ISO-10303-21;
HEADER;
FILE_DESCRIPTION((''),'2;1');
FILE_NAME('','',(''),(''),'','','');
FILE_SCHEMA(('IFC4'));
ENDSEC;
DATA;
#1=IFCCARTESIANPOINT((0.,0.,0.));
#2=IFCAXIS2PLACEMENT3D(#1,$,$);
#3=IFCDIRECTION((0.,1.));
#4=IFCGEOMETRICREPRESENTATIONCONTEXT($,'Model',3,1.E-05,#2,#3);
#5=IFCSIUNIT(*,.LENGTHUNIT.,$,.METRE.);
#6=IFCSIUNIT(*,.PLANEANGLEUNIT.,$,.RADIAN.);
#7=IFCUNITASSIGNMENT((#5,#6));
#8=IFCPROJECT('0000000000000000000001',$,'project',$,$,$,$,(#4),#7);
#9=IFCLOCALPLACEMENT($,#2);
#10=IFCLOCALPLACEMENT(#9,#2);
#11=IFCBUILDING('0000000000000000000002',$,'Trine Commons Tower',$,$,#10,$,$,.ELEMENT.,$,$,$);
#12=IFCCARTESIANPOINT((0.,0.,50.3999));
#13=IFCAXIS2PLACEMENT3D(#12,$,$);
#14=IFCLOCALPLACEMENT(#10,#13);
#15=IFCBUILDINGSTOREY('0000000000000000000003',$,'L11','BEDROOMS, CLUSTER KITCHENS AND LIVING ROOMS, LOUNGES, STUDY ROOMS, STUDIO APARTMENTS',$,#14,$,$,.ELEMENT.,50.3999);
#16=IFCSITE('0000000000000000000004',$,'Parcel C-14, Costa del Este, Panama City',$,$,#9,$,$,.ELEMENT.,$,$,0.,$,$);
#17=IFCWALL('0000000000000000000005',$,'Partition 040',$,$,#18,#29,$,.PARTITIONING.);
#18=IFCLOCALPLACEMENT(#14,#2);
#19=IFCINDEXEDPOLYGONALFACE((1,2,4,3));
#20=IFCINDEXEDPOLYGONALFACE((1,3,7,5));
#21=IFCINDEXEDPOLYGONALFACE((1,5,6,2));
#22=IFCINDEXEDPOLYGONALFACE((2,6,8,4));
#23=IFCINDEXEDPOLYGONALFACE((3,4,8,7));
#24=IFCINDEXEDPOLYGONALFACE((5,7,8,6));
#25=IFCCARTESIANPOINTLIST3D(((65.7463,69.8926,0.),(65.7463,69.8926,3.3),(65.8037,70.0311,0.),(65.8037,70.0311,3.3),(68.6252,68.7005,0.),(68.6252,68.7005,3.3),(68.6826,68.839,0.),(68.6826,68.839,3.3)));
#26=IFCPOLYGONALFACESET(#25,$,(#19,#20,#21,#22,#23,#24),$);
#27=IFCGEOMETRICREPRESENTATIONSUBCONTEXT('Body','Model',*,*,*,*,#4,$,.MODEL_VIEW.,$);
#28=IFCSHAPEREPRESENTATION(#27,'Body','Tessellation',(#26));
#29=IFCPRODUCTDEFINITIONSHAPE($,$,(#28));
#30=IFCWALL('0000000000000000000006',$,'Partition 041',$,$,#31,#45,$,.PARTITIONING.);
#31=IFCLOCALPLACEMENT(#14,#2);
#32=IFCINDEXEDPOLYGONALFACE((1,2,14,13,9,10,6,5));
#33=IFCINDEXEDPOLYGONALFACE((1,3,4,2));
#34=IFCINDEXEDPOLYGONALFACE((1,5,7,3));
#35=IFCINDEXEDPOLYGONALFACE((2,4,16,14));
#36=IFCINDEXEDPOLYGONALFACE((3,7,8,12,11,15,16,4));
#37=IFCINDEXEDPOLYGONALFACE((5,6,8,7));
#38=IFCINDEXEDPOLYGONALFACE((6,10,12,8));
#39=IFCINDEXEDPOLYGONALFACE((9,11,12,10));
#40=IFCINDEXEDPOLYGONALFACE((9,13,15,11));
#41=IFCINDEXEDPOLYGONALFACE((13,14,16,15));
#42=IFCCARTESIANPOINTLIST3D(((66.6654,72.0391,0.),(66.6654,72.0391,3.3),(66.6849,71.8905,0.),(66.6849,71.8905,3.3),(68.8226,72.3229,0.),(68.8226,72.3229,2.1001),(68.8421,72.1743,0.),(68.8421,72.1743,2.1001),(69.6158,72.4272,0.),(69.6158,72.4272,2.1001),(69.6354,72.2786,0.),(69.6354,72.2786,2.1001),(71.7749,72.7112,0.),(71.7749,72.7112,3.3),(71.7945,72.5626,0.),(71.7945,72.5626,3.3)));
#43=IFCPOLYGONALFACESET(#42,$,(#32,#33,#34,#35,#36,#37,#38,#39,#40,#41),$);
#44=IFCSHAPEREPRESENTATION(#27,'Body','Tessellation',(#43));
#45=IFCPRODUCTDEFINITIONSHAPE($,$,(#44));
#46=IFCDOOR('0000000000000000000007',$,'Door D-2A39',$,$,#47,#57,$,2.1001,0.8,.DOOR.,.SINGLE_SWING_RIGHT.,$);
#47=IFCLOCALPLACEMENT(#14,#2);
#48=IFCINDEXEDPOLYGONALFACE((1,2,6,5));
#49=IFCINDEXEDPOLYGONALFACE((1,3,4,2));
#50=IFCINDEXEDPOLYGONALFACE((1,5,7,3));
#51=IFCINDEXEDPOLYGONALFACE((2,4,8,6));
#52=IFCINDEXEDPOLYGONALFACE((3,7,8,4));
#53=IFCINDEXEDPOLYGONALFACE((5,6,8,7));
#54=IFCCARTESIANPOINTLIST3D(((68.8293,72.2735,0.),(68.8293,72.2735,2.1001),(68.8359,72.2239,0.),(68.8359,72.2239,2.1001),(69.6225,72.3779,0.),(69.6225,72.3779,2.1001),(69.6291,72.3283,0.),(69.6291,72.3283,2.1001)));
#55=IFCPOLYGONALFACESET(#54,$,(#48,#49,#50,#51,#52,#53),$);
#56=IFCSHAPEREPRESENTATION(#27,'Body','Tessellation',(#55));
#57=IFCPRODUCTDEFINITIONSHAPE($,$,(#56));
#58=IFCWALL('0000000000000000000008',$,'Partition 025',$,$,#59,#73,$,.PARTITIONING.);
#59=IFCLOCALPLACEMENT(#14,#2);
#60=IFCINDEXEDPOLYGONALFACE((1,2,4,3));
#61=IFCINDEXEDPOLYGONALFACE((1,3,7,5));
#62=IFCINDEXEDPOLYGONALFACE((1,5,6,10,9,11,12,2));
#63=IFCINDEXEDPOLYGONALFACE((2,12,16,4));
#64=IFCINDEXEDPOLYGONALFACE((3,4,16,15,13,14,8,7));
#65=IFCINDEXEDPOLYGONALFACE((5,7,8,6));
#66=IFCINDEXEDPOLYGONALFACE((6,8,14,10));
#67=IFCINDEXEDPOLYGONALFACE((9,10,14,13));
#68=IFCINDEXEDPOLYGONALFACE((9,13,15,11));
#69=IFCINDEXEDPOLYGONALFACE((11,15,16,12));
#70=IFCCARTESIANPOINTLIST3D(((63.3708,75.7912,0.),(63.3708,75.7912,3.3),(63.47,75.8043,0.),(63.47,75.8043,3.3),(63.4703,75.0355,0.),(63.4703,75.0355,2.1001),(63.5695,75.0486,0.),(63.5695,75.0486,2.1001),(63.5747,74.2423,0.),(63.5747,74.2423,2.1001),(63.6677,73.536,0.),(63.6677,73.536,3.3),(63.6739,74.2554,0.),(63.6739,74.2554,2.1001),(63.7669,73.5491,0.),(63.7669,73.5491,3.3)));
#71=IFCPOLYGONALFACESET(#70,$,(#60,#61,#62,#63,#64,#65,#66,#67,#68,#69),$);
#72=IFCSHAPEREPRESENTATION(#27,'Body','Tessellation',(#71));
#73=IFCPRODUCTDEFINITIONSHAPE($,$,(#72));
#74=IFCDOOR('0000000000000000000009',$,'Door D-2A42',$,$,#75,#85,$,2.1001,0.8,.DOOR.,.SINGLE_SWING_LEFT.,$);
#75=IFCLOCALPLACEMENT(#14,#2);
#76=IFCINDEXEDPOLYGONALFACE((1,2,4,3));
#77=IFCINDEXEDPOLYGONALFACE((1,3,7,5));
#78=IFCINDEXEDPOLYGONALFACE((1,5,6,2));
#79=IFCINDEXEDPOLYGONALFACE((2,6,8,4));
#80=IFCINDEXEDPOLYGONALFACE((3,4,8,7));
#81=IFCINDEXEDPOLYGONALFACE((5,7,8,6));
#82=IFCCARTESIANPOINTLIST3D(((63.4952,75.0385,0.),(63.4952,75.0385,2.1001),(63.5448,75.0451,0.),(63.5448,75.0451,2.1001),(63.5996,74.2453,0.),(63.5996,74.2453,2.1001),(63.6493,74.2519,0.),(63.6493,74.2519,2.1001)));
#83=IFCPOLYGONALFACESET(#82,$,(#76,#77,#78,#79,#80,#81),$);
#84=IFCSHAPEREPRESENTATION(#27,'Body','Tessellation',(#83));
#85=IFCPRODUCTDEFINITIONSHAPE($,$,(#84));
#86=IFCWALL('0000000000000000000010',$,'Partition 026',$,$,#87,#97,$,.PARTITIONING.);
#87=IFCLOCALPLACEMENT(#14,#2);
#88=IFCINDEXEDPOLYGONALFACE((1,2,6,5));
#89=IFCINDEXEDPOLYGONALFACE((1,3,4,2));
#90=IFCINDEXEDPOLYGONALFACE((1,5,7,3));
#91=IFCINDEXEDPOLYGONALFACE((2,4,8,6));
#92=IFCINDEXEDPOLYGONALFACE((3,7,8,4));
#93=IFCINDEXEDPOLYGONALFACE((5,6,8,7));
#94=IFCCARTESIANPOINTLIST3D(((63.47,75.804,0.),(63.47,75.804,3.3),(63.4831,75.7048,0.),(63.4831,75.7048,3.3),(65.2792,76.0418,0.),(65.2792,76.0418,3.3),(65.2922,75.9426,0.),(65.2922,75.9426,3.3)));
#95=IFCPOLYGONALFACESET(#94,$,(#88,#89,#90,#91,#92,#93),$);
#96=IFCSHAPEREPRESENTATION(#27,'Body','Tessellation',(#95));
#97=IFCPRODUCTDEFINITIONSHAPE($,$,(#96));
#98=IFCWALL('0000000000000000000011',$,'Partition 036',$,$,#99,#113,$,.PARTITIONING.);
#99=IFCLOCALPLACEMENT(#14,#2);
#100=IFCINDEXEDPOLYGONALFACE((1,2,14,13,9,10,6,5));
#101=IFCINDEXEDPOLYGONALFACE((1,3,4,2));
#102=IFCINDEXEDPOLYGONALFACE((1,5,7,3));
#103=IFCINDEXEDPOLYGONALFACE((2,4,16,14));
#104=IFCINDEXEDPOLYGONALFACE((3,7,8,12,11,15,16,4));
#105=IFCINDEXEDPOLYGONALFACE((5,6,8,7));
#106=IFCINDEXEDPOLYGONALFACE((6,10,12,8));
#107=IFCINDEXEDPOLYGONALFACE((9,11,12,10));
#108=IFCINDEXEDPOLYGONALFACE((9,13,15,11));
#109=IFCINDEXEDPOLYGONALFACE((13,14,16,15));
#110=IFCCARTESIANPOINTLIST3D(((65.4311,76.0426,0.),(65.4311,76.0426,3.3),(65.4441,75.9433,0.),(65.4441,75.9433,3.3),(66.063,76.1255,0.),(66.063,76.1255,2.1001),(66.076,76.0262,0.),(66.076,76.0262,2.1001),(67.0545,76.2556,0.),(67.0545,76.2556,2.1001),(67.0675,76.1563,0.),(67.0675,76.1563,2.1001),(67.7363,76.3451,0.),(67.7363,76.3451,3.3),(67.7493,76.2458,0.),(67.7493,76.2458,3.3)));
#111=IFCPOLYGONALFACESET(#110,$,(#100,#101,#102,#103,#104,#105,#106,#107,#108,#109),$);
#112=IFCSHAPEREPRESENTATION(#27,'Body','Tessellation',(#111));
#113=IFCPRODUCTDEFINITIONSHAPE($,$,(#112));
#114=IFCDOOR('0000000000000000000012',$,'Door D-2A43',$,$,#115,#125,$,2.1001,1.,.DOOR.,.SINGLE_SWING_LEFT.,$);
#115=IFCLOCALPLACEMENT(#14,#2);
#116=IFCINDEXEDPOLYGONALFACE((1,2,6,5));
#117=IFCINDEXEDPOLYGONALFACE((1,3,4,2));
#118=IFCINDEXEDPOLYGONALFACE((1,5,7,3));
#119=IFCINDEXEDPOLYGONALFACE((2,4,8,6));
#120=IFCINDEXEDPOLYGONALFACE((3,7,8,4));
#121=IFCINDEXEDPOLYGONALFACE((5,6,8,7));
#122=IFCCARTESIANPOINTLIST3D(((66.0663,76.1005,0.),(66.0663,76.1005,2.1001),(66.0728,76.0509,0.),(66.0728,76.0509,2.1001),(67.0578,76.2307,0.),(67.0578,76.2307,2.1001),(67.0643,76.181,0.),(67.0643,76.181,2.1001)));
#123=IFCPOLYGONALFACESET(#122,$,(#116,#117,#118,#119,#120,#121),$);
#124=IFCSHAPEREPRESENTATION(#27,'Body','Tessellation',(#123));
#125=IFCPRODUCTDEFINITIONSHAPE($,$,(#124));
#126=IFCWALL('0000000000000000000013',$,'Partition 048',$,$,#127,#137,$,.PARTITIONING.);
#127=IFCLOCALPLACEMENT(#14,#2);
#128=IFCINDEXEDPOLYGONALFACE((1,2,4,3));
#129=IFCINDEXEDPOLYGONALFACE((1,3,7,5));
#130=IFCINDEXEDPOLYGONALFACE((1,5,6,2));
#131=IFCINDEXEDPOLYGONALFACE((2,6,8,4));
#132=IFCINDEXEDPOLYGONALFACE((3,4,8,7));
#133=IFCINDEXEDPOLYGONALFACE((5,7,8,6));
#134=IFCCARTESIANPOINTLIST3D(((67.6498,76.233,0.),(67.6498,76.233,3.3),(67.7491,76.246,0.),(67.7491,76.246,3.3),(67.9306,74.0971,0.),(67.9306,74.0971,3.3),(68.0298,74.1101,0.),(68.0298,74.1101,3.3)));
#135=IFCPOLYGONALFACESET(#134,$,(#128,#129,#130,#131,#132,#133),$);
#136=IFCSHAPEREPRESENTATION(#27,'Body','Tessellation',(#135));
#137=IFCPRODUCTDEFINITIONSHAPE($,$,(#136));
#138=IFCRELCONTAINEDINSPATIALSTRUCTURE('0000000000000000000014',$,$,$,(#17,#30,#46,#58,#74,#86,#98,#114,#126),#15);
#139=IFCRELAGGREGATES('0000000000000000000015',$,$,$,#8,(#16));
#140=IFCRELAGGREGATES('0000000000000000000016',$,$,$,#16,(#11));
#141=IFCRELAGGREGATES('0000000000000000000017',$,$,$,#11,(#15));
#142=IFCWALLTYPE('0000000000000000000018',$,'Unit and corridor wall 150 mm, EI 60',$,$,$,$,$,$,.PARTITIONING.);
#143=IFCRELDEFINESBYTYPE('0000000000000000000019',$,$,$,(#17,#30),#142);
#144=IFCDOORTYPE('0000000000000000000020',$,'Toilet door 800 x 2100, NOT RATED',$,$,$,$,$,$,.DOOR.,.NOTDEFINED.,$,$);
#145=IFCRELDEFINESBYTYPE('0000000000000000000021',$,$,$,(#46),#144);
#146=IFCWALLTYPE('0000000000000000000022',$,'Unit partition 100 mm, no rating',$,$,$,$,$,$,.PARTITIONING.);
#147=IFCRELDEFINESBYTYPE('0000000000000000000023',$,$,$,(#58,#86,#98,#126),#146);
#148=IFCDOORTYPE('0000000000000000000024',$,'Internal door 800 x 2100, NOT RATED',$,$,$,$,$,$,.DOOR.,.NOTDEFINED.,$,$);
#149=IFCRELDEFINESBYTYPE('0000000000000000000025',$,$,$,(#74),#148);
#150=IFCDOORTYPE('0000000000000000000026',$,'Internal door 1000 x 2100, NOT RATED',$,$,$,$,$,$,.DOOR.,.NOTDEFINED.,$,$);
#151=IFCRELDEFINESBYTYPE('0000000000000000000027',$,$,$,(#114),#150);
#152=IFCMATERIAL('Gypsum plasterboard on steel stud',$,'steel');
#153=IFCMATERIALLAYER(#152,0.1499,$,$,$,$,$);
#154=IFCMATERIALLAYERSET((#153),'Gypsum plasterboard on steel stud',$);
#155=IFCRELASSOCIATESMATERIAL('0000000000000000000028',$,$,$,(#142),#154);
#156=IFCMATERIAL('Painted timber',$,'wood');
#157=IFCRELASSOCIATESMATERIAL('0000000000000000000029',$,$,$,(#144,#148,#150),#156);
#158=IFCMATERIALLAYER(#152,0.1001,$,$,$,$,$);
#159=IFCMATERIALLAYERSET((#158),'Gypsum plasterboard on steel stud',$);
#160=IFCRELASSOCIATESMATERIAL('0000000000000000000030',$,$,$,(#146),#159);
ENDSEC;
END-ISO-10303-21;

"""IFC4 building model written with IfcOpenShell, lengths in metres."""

from ifc_helpers import new_model, si_unit, direction, frame, frame_2d, origin, place, context, subcontext, project, spatial, rectangle, extrude, material, layer, layer_set, type_object, element, fill, save


model = new_model("IFC4")

# Units and contexts
model_context = context("Model", 3, precision=1e-05, world=origin(), true_north=direction((0.0, 1.0)))
body_context = subcontext(model_context, "Body", "Model", "MODEL_VIEW")
ifc_project = project(units=[si_unit("LENGTHUNIT", "METRE"), si_unit("PLANEANGLEUNIT", "RADIAN")], contexts=[model_context])

# Site, building, storey
site_placement = place(None, origin())
site = spatial("IfcSite", under=ifc_project, at=site_placement, Name="Parcel C-14, Costa del Este, Panama City", CompositionType="ELEMENT", RefElevation=0.0)
building_placement = place(site_placement, origin())
building = spatial("IfcBuilding", under=site, at=building_placement, Name="Trine Commons Tower", CompositionType="ELEMENT")
storey_placement = place(building_placement, frame((0.0, 0.0, 50.3999)))
storey = spatial("IfcBuildingStorey", under=building, at=storey_placement, Name="L11", Description="BEDROOMS, CLUSTER KITCHENS AND LIVING ROOMS, LOUNGES, STUDY ROOMS, STUDIO APARTMENTS", CompositionType="ELEMENT", Elevation=50.3999)

# Shared definitions
ifc_material_1 = material(Name="Gypsum plasterboard on steel stud", Category="steel")
ifc_layer_1 = layer(ifc_material_1, 0.1499)
ifc_layer_set_1 = layer_set([ifc_layer_1], Name="Gypsum plasterboard on steel stud")
wall_type_1 = type_object("IfcWallType", Name="Unit and corridor wall 150 mm, EI 60", PredefinedType="PARTITIONING", material=ifc_layer_set_1)

# Wall
wall_1_placement = place(storey_placement, frame((65.7749, 69.9619, 0.0), z_axis=(0.0, 0.0, 1.0), x_axis=(0.923918, -0.382589, 0.0)))
element("IfcWall", 1, at=wall_1_placement, inside=storey, type_object=wall_type_1, Name="Partition 040", PredefinedType="PARTITIONING", context=body_context, shape_type="SweptSolid", body=[
    extrude(rectangle(XDim=3.116, YDim=0.1499, at=frame_2d((1.5581, 0.0))), origin(), (0.0, 0.0, 1.0), 3.3),
])

# Walls, openings, doors
wall_2_placement = place(storey_placement, frame((66.6753, 71.9648, 0.0), z_axis=(0.0, 0.0, 1.0), x_axis=(0.991459, 0.130417, 0.0)))
wall_2 = element("IfcWall", 2, at=wall_2_placement, inside=storey, type_object=wall_type_1, Name="Partition 041", PredefinedType="PARTITIONING", context=body_context, shape_type="SweptSolid", body=[
    extrude(rectangle(XDim=5.1536, YDim=0.1499, at=frame_2d((2.5767, 0.0))), origin(), (0.0, 0.0, 1.0), 3.3),
])
opening_1_placement = place(wall_2_placement, frame((2.1758, 0.0, 0.0)))
opening_1 = element("IfcOpeningElement", 3, at=opening_1_placement, cuts=wall_2, PredefinedType="OPENING", context=body_context, shape_type="SweptSolid", body=[
    extrude(rectangle(XDim=0.8, YDim=2.1001, at=frame_2d((0.3999, 1.05))), frame((0.0, 0.085, 0.0), z_axis=(0.0, -1.0, 0.0), x_axis=(1.0, 0.0, 0.0)), (0.0, 0.0, 1.0), 0.1699),
])
ifc_material_2 = material(Name="Painted timber", Category="wood")
door_type_1 = type_object("IfcDoorType", Name="Toilet door 800 x 2100, NOT RATED", OperationType="NOTDEFINED", PredefinedType="DOOR", material=ifc_material_2)
door_1_placement = place(opening_1_placement, frame((0.8, 0.0, 0.0), z_axis=(0.0, 0.0, 1.0), x_axis=(-1.0, 0.0, 0.0)))
door_1 = element("IfcDoor", 4, at=door_1_placement, inside=storey, type_object=door_type_1, Name="Door D-2A39", OperationType="SINGLE_SWING_RIGHT", OverallHeight=2.1001, OverallWidth=0.8, PredefinedType="DOOR", context=body_context, shape_type="SweptSolid", body=[
    extrude(rectangle(XDim=0.8, YDim=2.1001, at=frame_2d((0.3999, 1.05))), frame((0.0, 0.0249, 0.0), z_axis=(0.0, -1.0, 0.0), x_axis=(1.0, 0.0, 0.0)), (0.0, 0.0, 1.0), 0.05),
])
fill(opening_1, door_1)
ifc_layer_2 = layer(ifc_material_1, 0.1001)
ifc_layer_set_2 = layer_set([ifc_layer_2], Name="Gypsum plasterboard on steel stud")
wall_type_2 = type_object("IfcWallType", Name="Unit partition 100 mm, no rating", PredefinedType="PARTITIONING", material=ifc_layer_set_2)
wall_3_placement = place(storey_placement, frame((63.4204, 75.7976, 0.0), z_axis=(0.0, 0.0, 1.0), x_axis=(0.130518, -0.991446, 0.0)))
wall_3 = element("IfcWall", 5, at=wall_3_placement, inside=storey, type_object=wall_type_2, Name="Partition 025", PredefinedType="PARTITIONING", context=body_context, shape_type="SweptSolid", body=[
    extrude(rectangle(XDim=2.2747, YDim=0.1001, at=frame_2d((1.1372, 0.0))), origin(), (0.0, 0.0, 1.0), 3.3),
])
opening_2_placement = place(wall_3_placement, frame((0.7622, 0.0, 0.0)))
opening_2 = element("IfcOpeningElement", 6, at=opening_2_placement, cuts=wall_3, PredefinedType="OPENING", context=body_context, shape_type="SweptSolid", body=[
    extrude(rectangle(XDim=0.8, YDim=2.1001, at=frame_2d((0.3999, 1.05))), frame((0.0, 0.0601, 0.0), z_axis=(0.0, -1.0, 0.0), x_axis=(1.0, 0.0, 0.0)), (0.0, 0.0, 1.0), 0.1201),
])
door_type_2 = type_object("IfcDoorType", Name="Internal door 800 x 2100, NOT RATED", OperationType="NOTDEFINED", PredefinedType="DOOR", material=ifc_material_2)
door_2_placement = place(opening_2_placement, frame((0.8, 0.0, 0.0), z_axis=(0.0, 0.0, 1.0), x_axis=(-1.0, 0.0, 0.0)))
door_2 = element("IfcDoor", 7, at=door_2_placement, inside=storey, type_object=door_type_2, Name="Door D-2A42", OperationType="SINGLE_SWING_LEFT", OverallHeight=2.1001, OverallWidth=0.8, PredefinedType="DOOR", context=body_context, shape_type="SweptSolid", body=[
    extrude(rectangle(XDim=0.8, YDim=2.1001, at=frame_2d((0.3999, 1.05))), frame((0.0, 0.0249, 0.0), z_axis=(0.0, -1.0, 0.0), x_axis=(1.0, 0.0, 0.0)), (0.0, 0.0, 1.0), 0.05),
])
fill(opening_2, door_2)

# Wall
wall_4_placement = place(storey_placement, frame((63.4766, 75.7544, 0.0), z_axis=(0.0, 0.0, 1.0), x_axis=(0.991472, 0.130323, 0.0)))
element("IfcWall", 8, at=wall_4_placement, inside=storey, type_object=wall_type_2, Name="Partition 026", PredefinedType="PARTITIONING", context=body_context, shape_type="SweptSolid", body=[
    extrude(rectangle(XDim=1.8247, YDim=0.1001, at=frame_2d((0.9124, 0.0))), origin(), (0.0, 0.0, 1.0), 3.3),
])

# Wall, opening, door
wall_5_placement = place(storey_placement, frame((65.4375, 75.9929, 0.0), z_axis=(0.0, 0.0, 1.0), x_axis=(0.9915, 0.130107, 0.0)))
wall_5 = element("IfcWall", 9, at=wall_5_placement, inside=storey, type_object=wall_type_2, Name="Partition 036", PredefinedType="PARTITIONING", context=body_context, shape_type="SweptSolid", body=[
    extrude(rectangle(XDim=2.325, YDim=0.1001, at=frame_2d((1.1626, 0.0))), origin(), (0.0, 0.0, 1.0), 3.3),
])
opening_3_placement = place(wall_5_placement, frame((0.6375, 0.0, 0.0)))
opening_3 = element("IfcOpeningElement", 10, at=opening_3_placement, cuts=wall_5, PredefinedType="OPENING", context=body_context, shape_type="SweptSolid", body=[
    extrude(rectangle(XDim=1.0, YDim=2.1001, at=frame_2d((0.5, 1.05))), frame((0.0, 0.0601, 0.0), z_axis=(0.0, -1.0, 0.0), x_axis=(1.0, 0.0, 0.0)), (0.0, 0.0, 1.0), 0.1201),
])
door_type_3 = type_object("IfcDoorType", Name="Internal door 1000 x 2100, NOT RATED", OperationType="NOTDEFINED", PredefinedType="DOOR", material=ifc_material_2)
door_3_placement = place(opening_3_placement, origin())
door_3 = element("IfcDoor", 11, at=door_3_placement, inside=storey, type_object=door_type_3, Name="Door D-2A43", OperationType="SINGLE_SWING_LEFT", OverallHeight=2.1001, OverallWidth=1.0, PredefinedType="DOOR", context=body_context, shape_type="SweptSolid", body=[
    extrude(rectangle(XDim=1.0, YDim=2.1001, at=frame_2d((0.5, 1.05))), frame((0.0, 0.0249, 0.0), z_axis=(0.0, -1.0, 0.0), x_axis=(1.0, 0.0, 0.0)), (0.0, 0.0, 1.0), 0.05),
])
fill(opening_3, door_3)

# Wall
wall_6_placement = place(storey_placement, frame((67.6995, 76.2395, 0.0), z_axis=(0.0, 0.0, 1.0), x_axis=(0.130323, -0.991472, 0.0)))
element("IfcWall", 12, at=wall_6_placement, inside=storey, type_object=wall_type_2, Name="Partition 048", PredefinedType="PARTITIONING", context=body_context, shape_type="SweptSolid", body=[
    extrude(rectangle(XDim=2.1543, YDim=0.1001, at=frame_2d((1.0771, 0.0))), origin(), (0.0, 0.0, 1.0), 3.3),
])

save(model, "model.ifc")
